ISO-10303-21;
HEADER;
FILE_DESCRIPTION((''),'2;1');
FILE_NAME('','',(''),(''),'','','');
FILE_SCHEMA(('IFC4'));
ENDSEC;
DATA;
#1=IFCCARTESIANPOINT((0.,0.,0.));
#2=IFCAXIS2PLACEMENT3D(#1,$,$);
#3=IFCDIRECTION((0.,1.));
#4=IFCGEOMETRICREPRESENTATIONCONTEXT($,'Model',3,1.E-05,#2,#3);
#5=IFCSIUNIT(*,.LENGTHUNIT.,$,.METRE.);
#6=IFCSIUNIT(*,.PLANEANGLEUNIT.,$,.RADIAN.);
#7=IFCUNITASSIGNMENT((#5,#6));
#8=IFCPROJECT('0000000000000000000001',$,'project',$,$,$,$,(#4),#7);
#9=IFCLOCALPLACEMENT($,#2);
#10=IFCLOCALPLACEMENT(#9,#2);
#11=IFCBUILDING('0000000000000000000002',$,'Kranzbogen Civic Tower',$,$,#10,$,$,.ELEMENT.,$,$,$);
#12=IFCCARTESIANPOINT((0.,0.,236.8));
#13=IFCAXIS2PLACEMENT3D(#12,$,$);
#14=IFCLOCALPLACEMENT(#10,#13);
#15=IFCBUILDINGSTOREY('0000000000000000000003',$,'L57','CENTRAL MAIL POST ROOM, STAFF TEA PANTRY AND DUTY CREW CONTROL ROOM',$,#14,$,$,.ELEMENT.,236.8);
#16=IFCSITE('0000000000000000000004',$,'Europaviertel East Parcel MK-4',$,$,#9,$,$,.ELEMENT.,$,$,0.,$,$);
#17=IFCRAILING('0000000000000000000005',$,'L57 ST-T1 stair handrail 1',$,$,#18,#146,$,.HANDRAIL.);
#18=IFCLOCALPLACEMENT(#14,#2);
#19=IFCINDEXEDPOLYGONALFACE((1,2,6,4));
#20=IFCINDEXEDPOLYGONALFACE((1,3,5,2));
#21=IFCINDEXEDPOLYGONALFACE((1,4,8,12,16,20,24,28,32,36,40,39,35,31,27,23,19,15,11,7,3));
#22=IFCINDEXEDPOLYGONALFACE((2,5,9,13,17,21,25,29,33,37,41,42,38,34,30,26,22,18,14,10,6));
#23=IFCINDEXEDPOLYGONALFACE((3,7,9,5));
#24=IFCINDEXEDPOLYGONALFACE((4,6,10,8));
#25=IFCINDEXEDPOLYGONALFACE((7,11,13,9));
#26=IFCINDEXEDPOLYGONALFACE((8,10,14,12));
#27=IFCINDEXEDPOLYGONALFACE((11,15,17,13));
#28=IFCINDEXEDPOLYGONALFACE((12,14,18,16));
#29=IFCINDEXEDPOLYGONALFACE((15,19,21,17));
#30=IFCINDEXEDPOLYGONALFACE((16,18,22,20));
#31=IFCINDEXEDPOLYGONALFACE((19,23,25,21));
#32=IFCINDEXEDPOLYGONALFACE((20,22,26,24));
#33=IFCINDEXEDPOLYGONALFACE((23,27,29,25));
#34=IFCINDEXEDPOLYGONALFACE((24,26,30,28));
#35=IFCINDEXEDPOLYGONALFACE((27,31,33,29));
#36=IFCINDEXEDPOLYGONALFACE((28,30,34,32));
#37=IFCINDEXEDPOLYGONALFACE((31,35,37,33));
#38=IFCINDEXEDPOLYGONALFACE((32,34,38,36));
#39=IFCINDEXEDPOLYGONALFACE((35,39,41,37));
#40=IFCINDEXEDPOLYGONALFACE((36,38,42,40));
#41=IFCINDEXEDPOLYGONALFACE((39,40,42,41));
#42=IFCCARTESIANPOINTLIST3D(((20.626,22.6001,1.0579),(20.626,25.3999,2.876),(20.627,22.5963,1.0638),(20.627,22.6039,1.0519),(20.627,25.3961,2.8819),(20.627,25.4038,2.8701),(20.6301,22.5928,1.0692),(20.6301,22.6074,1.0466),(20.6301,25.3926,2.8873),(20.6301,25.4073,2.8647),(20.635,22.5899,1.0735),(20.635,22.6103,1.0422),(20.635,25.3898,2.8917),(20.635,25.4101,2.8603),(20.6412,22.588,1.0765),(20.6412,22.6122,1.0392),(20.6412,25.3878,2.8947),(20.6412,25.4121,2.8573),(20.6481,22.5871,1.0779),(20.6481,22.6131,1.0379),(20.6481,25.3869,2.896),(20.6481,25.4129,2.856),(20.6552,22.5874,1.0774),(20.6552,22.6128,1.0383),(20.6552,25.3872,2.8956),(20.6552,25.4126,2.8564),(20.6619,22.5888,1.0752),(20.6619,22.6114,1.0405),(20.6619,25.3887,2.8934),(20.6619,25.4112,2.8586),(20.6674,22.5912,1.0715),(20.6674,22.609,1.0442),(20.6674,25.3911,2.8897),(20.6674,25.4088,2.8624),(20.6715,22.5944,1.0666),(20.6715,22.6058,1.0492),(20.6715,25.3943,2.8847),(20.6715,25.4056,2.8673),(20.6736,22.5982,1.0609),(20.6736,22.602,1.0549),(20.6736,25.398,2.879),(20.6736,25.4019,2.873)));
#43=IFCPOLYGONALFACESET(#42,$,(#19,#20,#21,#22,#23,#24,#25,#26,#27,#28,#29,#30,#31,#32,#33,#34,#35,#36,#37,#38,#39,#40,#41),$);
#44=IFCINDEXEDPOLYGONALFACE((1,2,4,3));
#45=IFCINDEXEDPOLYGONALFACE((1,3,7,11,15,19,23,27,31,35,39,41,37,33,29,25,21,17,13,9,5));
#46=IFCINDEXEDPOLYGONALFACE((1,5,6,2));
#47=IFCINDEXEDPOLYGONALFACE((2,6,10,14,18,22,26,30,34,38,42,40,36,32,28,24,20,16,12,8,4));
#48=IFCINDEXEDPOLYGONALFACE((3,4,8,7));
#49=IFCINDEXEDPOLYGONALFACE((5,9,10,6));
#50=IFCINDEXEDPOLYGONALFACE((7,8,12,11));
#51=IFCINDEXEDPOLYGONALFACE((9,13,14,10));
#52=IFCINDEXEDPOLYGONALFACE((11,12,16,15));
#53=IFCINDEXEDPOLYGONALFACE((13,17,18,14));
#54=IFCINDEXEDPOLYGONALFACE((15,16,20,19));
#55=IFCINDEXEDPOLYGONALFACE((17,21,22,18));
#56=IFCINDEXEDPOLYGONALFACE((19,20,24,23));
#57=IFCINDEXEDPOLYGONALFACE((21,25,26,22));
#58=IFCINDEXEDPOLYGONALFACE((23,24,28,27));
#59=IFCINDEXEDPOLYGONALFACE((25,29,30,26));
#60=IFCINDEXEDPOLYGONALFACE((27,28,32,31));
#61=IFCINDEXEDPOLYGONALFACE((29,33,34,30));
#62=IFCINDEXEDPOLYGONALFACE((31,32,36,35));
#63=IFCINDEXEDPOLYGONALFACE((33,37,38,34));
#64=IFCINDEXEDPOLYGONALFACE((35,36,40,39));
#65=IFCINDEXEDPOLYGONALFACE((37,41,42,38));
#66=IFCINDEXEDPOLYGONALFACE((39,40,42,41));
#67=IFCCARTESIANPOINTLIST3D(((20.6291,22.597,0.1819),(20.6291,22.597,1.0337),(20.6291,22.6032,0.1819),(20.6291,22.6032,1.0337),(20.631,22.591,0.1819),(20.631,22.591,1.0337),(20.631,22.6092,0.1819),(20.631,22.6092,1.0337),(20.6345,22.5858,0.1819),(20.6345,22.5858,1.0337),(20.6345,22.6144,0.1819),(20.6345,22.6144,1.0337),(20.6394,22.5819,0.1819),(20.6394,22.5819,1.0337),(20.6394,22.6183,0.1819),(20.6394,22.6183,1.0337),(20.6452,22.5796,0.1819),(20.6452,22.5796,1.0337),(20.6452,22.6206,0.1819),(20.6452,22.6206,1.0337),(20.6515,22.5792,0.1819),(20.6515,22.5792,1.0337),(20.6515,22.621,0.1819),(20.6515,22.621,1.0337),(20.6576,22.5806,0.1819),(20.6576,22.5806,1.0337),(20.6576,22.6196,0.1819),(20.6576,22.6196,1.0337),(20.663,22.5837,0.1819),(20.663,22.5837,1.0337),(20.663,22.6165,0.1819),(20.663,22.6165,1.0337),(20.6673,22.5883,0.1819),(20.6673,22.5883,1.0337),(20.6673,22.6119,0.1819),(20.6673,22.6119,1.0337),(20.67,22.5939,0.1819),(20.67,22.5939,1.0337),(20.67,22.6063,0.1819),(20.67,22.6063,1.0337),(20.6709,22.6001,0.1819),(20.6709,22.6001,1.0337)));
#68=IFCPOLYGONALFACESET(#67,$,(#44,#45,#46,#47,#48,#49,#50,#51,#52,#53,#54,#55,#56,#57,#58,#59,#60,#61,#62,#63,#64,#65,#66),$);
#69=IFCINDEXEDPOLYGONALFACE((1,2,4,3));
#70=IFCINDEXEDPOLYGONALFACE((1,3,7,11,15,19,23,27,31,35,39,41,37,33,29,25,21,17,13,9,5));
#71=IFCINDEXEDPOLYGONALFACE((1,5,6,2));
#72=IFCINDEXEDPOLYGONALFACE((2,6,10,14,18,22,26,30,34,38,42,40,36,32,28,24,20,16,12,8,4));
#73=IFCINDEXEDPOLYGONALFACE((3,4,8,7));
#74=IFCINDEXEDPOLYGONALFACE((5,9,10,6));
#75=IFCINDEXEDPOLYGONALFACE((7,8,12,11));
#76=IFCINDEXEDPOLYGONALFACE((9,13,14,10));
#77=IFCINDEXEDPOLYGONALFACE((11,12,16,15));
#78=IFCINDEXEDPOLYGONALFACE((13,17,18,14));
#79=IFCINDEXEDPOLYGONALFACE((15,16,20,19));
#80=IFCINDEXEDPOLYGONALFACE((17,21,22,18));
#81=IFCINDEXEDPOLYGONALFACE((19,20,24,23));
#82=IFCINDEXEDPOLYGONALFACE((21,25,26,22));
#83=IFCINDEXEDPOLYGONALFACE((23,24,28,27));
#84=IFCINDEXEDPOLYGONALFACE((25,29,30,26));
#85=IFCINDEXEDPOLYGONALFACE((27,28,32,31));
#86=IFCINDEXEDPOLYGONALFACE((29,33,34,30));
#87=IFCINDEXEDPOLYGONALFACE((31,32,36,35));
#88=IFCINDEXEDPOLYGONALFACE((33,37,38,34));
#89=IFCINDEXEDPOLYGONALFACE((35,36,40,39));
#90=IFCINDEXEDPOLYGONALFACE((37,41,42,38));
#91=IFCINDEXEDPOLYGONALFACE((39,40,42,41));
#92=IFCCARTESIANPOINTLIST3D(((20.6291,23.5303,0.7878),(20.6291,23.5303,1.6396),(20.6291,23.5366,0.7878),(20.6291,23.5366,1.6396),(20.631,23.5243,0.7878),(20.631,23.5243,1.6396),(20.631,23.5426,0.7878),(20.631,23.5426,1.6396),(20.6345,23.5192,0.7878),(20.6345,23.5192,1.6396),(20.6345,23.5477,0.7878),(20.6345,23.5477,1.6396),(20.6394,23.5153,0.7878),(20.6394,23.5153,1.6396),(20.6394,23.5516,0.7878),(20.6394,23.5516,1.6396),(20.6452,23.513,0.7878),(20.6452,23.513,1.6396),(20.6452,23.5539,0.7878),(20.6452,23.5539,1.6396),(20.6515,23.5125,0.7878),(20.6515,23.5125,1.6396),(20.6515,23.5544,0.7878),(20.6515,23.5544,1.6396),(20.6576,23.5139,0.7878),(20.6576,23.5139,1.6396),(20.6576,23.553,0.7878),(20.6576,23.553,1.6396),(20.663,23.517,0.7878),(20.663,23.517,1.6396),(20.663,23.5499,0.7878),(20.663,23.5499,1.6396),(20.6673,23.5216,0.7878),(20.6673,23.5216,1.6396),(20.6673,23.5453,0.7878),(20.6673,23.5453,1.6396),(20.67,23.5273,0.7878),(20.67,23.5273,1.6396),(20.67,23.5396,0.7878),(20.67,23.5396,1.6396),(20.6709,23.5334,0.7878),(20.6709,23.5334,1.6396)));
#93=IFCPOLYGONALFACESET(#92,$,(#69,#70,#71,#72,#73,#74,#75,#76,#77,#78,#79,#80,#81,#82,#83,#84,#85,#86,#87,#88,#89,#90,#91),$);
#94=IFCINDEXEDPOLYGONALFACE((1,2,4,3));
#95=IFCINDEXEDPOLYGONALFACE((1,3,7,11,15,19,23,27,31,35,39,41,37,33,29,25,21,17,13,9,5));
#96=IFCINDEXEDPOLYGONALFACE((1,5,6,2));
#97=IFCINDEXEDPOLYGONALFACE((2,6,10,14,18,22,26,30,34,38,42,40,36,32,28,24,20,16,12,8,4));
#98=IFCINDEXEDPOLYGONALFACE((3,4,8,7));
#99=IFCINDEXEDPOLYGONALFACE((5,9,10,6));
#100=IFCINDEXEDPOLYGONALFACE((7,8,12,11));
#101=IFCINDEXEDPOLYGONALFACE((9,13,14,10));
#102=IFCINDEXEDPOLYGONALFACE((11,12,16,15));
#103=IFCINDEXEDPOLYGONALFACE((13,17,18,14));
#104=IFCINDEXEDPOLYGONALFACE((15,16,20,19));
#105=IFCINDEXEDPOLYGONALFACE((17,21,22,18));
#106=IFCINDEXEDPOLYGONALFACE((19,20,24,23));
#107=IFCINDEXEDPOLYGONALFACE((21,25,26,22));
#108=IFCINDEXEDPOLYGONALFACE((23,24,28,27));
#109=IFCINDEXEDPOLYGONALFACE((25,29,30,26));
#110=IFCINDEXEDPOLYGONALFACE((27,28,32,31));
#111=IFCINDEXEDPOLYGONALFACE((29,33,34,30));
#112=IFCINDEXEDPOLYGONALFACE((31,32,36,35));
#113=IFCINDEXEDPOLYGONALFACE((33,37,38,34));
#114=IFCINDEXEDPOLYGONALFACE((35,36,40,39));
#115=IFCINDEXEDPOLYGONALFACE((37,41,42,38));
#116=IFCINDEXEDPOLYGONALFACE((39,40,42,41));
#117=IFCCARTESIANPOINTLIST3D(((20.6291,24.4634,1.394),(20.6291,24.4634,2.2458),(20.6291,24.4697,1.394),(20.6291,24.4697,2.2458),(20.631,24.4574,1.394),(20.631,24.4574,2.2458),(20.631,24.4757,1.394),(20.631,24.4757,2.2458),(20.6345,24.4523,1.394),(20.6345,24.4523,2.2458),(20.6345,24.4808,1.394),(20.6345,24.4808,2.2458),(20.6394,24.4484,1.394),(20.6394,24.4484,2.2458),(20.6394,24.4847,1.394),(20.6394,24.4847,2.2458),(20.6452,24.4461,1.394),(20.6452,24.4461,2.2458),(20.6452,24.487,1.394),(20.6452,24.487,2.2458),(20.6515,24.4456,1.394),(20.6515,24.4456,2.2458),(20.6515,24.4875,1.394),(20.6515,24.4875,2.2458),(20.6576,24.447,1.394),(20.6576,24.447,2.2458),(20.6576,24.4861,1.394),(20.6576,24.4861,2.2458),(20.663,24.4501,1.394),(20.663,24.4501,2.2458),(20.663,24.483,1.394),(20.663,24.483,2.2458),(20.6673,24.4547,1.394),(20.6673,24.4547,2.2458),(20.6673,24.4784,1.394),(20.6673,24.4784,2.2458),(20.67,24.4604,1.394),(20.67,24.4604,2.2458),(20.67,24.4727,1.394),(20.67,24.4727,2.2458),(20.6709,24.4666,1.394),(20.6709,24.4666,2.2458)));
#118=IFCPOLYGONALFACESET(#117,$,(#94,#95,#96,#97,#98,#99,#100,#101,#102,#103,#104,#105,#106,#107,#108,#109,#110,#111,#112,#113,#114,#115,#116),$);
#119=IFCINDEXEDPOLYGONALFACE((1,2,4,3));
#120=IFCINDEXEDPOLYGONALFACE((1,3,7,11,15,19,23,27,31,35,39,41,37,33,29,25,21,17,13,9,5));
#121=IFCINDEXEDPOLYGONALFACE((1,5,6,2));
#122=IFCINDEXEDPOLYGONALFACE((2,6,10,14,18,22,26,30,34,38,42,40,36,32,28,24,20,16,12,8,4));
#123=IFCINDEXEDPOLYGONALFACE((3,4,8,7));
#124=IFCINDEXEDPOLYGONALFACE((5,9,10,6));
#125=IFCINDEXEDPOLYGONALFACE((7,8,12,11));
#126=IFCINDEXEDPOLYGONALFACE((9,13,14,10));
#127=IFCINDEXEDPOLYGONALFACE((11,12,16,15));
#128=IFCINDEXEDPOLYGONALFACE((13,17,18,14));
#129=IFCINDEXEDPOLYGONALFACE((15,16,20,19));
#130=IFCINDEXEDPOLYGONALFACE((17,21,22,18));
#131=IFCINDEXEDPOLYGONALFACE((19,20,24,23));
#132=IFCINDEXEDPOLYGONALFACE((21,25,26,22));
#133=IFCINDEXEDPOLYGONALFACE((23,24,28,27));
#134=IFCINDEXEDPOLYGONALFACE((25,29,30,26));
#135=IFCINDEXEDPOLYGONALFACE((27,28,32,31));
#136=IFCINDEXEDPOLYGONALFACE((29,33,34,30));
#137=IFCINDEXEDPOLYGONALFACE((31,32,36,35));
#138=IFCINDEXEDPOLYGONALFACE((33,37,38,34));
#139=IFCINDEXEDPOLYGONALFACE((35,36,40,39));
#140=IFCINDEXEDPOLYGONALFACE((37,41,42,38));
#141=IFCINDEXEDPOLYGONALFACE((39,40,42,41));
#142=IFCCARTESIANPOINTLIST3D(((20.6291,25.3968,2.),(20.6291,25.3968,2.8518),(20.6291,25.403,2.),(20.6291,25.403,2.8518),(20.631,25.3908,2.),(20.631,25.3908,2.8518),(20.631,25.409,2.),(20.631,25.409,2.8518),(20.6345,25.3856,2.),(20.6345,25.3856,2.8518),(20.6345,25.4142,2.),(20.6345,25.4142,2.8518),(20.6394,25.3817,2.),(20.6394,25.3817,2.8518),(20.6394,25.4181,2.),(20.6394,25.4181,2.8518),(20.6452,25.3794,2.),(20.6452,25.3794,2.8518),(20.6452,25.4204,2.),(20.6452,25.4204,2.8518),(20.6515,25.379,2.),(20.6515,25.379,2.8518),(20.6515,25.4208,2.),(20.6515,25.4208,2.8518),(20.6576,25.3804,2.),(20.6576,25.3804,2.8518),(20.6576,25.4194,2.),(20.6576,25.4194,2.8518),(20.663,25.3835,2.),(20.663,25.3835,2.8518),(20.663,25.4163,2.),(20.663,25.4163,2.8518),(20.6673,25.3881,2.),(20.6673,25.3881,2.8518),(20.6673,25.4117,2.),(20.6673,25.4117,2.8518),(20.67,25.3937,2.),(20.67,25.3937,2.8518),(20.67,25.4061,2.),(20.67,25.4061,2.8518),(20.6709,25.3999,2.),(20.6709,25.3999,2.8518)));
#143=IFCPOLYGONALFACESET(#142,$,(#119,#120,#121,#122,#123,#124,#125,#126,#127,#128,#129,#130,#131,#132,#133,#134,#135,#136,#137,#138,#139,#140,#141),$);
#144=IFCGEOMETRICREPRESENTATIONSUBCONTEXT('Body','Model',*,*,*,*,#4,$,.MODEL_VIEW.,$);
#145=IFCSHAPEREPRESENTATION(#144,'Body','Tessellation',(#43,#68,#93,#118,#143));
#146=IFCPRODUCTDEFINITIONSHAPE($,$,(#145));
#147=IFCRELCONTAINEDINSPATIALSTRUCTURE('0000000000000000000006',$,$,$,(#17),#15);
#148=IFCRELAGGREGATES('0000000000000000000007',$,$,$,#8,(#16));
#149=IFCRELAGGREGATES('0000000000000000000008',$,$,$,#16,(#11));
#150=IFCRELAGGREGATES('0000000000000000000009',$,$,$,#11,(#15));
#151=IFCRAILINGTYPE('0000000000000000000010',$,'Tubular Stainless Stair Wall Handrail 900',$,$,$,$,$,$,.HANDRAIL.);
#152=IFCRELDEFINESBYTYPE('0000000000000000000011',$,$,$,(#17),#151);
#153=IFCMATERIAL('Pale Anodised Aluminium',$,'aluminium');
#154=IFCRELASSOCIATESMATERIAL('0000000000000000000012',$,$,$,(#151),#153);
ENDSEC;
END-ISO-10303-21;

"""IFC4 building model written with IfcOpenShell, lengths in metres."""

from ifc_helpers import new_model, si_unit, direction, frame, origin, origin_2d, place, context, subcontext, project, spatial, circle, extrude, material, type_object, element, save


model = new_model("IFC4")

# Units and contexts
model_context = context("Model", 3, precision=1e-05, world=origin(), true_north=direction((0.0, 1.0)))
body_context = subcontext(model_context, "Body", "Model", "MODEL_VIEW")
ifc_project = project(units=[si_unit("LENGTHUNIT", "METRE"), si_unit("PLANEANGLEUNIT", "RADIAN")], contexts=[model_context])

# Site, building, storey
site_placement = place(None, origin())
site = spatial("IfcSite", under=ifc_project, at=site_placement, Name="Europaviertel East Parcel MK-4", CompositionType="ELEMENT", RefElevation=0.0)
building_placement = place(site_placement, origin())
building = spatial("IfcBuilding", under=site, at=building_placement, Name="Kranzbogen Civic Tower", CompositionType="ELEMENT")
storey_placement = place(building_placement, frame((0.0, 0.0, 236.8)))
storey = spatial("IfcBuildingStorey", under=building, at=storey_placement, Name="L57", Description="CENTRAL MAIL POST ROOM, STAFF TEA PANTRY AND DUTY CREW CONTROL ROOM", CompositionType="ELEMENT", Elevation=236.8)

# Shared definitions
ifc_material_1 = material(Name="Pale Anodised Aluminium", Category="aluminium")

# Railing
railing_type_1 = type_object("IfcRailingType", Name="Tubular Stainless Stair Wall Handrail 900", PredefinedType="HANDRAIL", material=ifc_material_1)
railing_1_placement = place(storey_placement, frame((20.6499, 22.6001, 0.1819)))
element("IfcRailing", 1, at=railing_1_placement, inside=storey, type_object=railing_type_1, Name="L57 ST-T1 stair handrail 1", PredefinedType="HANDRAIL", context=body_context, shape_type="SweptSolid", body=[
    extrude(circle(Radius=0.0239, at=origin_2d()), frame((0.0, 0.0, 0.876), z_axis=(0.0, 0.838684, 0.544618), x_axis=(-1.0, 0.0, 0.0)), (0.0, 0.0, 1.0), 3.3384),
    extrude(circle(Radius=0.021, at=origin_2d()), origin(), (0.0, 0.0, 1.0), 0.8518),
    extrude(circle(Radius=0.021, at=origin_2d()), frame((0.0, 0.9333, 0.606)), (0.0, 0.0, 1.0), 0.8518),
    extrude(circle(Radius=0.021, at=origin_2d()), frame((0.0, 1.8665, 1.2122)), (0.0, 0.0, 1.0), 0.8518),
    extrude(circle(Radius=0.021, at=origin_2d()), frame((0.0, 2.7998, 1.8181)), (0.0, 0.0, 1.0), 0.8518),
])

save(model, "model.ifc")
